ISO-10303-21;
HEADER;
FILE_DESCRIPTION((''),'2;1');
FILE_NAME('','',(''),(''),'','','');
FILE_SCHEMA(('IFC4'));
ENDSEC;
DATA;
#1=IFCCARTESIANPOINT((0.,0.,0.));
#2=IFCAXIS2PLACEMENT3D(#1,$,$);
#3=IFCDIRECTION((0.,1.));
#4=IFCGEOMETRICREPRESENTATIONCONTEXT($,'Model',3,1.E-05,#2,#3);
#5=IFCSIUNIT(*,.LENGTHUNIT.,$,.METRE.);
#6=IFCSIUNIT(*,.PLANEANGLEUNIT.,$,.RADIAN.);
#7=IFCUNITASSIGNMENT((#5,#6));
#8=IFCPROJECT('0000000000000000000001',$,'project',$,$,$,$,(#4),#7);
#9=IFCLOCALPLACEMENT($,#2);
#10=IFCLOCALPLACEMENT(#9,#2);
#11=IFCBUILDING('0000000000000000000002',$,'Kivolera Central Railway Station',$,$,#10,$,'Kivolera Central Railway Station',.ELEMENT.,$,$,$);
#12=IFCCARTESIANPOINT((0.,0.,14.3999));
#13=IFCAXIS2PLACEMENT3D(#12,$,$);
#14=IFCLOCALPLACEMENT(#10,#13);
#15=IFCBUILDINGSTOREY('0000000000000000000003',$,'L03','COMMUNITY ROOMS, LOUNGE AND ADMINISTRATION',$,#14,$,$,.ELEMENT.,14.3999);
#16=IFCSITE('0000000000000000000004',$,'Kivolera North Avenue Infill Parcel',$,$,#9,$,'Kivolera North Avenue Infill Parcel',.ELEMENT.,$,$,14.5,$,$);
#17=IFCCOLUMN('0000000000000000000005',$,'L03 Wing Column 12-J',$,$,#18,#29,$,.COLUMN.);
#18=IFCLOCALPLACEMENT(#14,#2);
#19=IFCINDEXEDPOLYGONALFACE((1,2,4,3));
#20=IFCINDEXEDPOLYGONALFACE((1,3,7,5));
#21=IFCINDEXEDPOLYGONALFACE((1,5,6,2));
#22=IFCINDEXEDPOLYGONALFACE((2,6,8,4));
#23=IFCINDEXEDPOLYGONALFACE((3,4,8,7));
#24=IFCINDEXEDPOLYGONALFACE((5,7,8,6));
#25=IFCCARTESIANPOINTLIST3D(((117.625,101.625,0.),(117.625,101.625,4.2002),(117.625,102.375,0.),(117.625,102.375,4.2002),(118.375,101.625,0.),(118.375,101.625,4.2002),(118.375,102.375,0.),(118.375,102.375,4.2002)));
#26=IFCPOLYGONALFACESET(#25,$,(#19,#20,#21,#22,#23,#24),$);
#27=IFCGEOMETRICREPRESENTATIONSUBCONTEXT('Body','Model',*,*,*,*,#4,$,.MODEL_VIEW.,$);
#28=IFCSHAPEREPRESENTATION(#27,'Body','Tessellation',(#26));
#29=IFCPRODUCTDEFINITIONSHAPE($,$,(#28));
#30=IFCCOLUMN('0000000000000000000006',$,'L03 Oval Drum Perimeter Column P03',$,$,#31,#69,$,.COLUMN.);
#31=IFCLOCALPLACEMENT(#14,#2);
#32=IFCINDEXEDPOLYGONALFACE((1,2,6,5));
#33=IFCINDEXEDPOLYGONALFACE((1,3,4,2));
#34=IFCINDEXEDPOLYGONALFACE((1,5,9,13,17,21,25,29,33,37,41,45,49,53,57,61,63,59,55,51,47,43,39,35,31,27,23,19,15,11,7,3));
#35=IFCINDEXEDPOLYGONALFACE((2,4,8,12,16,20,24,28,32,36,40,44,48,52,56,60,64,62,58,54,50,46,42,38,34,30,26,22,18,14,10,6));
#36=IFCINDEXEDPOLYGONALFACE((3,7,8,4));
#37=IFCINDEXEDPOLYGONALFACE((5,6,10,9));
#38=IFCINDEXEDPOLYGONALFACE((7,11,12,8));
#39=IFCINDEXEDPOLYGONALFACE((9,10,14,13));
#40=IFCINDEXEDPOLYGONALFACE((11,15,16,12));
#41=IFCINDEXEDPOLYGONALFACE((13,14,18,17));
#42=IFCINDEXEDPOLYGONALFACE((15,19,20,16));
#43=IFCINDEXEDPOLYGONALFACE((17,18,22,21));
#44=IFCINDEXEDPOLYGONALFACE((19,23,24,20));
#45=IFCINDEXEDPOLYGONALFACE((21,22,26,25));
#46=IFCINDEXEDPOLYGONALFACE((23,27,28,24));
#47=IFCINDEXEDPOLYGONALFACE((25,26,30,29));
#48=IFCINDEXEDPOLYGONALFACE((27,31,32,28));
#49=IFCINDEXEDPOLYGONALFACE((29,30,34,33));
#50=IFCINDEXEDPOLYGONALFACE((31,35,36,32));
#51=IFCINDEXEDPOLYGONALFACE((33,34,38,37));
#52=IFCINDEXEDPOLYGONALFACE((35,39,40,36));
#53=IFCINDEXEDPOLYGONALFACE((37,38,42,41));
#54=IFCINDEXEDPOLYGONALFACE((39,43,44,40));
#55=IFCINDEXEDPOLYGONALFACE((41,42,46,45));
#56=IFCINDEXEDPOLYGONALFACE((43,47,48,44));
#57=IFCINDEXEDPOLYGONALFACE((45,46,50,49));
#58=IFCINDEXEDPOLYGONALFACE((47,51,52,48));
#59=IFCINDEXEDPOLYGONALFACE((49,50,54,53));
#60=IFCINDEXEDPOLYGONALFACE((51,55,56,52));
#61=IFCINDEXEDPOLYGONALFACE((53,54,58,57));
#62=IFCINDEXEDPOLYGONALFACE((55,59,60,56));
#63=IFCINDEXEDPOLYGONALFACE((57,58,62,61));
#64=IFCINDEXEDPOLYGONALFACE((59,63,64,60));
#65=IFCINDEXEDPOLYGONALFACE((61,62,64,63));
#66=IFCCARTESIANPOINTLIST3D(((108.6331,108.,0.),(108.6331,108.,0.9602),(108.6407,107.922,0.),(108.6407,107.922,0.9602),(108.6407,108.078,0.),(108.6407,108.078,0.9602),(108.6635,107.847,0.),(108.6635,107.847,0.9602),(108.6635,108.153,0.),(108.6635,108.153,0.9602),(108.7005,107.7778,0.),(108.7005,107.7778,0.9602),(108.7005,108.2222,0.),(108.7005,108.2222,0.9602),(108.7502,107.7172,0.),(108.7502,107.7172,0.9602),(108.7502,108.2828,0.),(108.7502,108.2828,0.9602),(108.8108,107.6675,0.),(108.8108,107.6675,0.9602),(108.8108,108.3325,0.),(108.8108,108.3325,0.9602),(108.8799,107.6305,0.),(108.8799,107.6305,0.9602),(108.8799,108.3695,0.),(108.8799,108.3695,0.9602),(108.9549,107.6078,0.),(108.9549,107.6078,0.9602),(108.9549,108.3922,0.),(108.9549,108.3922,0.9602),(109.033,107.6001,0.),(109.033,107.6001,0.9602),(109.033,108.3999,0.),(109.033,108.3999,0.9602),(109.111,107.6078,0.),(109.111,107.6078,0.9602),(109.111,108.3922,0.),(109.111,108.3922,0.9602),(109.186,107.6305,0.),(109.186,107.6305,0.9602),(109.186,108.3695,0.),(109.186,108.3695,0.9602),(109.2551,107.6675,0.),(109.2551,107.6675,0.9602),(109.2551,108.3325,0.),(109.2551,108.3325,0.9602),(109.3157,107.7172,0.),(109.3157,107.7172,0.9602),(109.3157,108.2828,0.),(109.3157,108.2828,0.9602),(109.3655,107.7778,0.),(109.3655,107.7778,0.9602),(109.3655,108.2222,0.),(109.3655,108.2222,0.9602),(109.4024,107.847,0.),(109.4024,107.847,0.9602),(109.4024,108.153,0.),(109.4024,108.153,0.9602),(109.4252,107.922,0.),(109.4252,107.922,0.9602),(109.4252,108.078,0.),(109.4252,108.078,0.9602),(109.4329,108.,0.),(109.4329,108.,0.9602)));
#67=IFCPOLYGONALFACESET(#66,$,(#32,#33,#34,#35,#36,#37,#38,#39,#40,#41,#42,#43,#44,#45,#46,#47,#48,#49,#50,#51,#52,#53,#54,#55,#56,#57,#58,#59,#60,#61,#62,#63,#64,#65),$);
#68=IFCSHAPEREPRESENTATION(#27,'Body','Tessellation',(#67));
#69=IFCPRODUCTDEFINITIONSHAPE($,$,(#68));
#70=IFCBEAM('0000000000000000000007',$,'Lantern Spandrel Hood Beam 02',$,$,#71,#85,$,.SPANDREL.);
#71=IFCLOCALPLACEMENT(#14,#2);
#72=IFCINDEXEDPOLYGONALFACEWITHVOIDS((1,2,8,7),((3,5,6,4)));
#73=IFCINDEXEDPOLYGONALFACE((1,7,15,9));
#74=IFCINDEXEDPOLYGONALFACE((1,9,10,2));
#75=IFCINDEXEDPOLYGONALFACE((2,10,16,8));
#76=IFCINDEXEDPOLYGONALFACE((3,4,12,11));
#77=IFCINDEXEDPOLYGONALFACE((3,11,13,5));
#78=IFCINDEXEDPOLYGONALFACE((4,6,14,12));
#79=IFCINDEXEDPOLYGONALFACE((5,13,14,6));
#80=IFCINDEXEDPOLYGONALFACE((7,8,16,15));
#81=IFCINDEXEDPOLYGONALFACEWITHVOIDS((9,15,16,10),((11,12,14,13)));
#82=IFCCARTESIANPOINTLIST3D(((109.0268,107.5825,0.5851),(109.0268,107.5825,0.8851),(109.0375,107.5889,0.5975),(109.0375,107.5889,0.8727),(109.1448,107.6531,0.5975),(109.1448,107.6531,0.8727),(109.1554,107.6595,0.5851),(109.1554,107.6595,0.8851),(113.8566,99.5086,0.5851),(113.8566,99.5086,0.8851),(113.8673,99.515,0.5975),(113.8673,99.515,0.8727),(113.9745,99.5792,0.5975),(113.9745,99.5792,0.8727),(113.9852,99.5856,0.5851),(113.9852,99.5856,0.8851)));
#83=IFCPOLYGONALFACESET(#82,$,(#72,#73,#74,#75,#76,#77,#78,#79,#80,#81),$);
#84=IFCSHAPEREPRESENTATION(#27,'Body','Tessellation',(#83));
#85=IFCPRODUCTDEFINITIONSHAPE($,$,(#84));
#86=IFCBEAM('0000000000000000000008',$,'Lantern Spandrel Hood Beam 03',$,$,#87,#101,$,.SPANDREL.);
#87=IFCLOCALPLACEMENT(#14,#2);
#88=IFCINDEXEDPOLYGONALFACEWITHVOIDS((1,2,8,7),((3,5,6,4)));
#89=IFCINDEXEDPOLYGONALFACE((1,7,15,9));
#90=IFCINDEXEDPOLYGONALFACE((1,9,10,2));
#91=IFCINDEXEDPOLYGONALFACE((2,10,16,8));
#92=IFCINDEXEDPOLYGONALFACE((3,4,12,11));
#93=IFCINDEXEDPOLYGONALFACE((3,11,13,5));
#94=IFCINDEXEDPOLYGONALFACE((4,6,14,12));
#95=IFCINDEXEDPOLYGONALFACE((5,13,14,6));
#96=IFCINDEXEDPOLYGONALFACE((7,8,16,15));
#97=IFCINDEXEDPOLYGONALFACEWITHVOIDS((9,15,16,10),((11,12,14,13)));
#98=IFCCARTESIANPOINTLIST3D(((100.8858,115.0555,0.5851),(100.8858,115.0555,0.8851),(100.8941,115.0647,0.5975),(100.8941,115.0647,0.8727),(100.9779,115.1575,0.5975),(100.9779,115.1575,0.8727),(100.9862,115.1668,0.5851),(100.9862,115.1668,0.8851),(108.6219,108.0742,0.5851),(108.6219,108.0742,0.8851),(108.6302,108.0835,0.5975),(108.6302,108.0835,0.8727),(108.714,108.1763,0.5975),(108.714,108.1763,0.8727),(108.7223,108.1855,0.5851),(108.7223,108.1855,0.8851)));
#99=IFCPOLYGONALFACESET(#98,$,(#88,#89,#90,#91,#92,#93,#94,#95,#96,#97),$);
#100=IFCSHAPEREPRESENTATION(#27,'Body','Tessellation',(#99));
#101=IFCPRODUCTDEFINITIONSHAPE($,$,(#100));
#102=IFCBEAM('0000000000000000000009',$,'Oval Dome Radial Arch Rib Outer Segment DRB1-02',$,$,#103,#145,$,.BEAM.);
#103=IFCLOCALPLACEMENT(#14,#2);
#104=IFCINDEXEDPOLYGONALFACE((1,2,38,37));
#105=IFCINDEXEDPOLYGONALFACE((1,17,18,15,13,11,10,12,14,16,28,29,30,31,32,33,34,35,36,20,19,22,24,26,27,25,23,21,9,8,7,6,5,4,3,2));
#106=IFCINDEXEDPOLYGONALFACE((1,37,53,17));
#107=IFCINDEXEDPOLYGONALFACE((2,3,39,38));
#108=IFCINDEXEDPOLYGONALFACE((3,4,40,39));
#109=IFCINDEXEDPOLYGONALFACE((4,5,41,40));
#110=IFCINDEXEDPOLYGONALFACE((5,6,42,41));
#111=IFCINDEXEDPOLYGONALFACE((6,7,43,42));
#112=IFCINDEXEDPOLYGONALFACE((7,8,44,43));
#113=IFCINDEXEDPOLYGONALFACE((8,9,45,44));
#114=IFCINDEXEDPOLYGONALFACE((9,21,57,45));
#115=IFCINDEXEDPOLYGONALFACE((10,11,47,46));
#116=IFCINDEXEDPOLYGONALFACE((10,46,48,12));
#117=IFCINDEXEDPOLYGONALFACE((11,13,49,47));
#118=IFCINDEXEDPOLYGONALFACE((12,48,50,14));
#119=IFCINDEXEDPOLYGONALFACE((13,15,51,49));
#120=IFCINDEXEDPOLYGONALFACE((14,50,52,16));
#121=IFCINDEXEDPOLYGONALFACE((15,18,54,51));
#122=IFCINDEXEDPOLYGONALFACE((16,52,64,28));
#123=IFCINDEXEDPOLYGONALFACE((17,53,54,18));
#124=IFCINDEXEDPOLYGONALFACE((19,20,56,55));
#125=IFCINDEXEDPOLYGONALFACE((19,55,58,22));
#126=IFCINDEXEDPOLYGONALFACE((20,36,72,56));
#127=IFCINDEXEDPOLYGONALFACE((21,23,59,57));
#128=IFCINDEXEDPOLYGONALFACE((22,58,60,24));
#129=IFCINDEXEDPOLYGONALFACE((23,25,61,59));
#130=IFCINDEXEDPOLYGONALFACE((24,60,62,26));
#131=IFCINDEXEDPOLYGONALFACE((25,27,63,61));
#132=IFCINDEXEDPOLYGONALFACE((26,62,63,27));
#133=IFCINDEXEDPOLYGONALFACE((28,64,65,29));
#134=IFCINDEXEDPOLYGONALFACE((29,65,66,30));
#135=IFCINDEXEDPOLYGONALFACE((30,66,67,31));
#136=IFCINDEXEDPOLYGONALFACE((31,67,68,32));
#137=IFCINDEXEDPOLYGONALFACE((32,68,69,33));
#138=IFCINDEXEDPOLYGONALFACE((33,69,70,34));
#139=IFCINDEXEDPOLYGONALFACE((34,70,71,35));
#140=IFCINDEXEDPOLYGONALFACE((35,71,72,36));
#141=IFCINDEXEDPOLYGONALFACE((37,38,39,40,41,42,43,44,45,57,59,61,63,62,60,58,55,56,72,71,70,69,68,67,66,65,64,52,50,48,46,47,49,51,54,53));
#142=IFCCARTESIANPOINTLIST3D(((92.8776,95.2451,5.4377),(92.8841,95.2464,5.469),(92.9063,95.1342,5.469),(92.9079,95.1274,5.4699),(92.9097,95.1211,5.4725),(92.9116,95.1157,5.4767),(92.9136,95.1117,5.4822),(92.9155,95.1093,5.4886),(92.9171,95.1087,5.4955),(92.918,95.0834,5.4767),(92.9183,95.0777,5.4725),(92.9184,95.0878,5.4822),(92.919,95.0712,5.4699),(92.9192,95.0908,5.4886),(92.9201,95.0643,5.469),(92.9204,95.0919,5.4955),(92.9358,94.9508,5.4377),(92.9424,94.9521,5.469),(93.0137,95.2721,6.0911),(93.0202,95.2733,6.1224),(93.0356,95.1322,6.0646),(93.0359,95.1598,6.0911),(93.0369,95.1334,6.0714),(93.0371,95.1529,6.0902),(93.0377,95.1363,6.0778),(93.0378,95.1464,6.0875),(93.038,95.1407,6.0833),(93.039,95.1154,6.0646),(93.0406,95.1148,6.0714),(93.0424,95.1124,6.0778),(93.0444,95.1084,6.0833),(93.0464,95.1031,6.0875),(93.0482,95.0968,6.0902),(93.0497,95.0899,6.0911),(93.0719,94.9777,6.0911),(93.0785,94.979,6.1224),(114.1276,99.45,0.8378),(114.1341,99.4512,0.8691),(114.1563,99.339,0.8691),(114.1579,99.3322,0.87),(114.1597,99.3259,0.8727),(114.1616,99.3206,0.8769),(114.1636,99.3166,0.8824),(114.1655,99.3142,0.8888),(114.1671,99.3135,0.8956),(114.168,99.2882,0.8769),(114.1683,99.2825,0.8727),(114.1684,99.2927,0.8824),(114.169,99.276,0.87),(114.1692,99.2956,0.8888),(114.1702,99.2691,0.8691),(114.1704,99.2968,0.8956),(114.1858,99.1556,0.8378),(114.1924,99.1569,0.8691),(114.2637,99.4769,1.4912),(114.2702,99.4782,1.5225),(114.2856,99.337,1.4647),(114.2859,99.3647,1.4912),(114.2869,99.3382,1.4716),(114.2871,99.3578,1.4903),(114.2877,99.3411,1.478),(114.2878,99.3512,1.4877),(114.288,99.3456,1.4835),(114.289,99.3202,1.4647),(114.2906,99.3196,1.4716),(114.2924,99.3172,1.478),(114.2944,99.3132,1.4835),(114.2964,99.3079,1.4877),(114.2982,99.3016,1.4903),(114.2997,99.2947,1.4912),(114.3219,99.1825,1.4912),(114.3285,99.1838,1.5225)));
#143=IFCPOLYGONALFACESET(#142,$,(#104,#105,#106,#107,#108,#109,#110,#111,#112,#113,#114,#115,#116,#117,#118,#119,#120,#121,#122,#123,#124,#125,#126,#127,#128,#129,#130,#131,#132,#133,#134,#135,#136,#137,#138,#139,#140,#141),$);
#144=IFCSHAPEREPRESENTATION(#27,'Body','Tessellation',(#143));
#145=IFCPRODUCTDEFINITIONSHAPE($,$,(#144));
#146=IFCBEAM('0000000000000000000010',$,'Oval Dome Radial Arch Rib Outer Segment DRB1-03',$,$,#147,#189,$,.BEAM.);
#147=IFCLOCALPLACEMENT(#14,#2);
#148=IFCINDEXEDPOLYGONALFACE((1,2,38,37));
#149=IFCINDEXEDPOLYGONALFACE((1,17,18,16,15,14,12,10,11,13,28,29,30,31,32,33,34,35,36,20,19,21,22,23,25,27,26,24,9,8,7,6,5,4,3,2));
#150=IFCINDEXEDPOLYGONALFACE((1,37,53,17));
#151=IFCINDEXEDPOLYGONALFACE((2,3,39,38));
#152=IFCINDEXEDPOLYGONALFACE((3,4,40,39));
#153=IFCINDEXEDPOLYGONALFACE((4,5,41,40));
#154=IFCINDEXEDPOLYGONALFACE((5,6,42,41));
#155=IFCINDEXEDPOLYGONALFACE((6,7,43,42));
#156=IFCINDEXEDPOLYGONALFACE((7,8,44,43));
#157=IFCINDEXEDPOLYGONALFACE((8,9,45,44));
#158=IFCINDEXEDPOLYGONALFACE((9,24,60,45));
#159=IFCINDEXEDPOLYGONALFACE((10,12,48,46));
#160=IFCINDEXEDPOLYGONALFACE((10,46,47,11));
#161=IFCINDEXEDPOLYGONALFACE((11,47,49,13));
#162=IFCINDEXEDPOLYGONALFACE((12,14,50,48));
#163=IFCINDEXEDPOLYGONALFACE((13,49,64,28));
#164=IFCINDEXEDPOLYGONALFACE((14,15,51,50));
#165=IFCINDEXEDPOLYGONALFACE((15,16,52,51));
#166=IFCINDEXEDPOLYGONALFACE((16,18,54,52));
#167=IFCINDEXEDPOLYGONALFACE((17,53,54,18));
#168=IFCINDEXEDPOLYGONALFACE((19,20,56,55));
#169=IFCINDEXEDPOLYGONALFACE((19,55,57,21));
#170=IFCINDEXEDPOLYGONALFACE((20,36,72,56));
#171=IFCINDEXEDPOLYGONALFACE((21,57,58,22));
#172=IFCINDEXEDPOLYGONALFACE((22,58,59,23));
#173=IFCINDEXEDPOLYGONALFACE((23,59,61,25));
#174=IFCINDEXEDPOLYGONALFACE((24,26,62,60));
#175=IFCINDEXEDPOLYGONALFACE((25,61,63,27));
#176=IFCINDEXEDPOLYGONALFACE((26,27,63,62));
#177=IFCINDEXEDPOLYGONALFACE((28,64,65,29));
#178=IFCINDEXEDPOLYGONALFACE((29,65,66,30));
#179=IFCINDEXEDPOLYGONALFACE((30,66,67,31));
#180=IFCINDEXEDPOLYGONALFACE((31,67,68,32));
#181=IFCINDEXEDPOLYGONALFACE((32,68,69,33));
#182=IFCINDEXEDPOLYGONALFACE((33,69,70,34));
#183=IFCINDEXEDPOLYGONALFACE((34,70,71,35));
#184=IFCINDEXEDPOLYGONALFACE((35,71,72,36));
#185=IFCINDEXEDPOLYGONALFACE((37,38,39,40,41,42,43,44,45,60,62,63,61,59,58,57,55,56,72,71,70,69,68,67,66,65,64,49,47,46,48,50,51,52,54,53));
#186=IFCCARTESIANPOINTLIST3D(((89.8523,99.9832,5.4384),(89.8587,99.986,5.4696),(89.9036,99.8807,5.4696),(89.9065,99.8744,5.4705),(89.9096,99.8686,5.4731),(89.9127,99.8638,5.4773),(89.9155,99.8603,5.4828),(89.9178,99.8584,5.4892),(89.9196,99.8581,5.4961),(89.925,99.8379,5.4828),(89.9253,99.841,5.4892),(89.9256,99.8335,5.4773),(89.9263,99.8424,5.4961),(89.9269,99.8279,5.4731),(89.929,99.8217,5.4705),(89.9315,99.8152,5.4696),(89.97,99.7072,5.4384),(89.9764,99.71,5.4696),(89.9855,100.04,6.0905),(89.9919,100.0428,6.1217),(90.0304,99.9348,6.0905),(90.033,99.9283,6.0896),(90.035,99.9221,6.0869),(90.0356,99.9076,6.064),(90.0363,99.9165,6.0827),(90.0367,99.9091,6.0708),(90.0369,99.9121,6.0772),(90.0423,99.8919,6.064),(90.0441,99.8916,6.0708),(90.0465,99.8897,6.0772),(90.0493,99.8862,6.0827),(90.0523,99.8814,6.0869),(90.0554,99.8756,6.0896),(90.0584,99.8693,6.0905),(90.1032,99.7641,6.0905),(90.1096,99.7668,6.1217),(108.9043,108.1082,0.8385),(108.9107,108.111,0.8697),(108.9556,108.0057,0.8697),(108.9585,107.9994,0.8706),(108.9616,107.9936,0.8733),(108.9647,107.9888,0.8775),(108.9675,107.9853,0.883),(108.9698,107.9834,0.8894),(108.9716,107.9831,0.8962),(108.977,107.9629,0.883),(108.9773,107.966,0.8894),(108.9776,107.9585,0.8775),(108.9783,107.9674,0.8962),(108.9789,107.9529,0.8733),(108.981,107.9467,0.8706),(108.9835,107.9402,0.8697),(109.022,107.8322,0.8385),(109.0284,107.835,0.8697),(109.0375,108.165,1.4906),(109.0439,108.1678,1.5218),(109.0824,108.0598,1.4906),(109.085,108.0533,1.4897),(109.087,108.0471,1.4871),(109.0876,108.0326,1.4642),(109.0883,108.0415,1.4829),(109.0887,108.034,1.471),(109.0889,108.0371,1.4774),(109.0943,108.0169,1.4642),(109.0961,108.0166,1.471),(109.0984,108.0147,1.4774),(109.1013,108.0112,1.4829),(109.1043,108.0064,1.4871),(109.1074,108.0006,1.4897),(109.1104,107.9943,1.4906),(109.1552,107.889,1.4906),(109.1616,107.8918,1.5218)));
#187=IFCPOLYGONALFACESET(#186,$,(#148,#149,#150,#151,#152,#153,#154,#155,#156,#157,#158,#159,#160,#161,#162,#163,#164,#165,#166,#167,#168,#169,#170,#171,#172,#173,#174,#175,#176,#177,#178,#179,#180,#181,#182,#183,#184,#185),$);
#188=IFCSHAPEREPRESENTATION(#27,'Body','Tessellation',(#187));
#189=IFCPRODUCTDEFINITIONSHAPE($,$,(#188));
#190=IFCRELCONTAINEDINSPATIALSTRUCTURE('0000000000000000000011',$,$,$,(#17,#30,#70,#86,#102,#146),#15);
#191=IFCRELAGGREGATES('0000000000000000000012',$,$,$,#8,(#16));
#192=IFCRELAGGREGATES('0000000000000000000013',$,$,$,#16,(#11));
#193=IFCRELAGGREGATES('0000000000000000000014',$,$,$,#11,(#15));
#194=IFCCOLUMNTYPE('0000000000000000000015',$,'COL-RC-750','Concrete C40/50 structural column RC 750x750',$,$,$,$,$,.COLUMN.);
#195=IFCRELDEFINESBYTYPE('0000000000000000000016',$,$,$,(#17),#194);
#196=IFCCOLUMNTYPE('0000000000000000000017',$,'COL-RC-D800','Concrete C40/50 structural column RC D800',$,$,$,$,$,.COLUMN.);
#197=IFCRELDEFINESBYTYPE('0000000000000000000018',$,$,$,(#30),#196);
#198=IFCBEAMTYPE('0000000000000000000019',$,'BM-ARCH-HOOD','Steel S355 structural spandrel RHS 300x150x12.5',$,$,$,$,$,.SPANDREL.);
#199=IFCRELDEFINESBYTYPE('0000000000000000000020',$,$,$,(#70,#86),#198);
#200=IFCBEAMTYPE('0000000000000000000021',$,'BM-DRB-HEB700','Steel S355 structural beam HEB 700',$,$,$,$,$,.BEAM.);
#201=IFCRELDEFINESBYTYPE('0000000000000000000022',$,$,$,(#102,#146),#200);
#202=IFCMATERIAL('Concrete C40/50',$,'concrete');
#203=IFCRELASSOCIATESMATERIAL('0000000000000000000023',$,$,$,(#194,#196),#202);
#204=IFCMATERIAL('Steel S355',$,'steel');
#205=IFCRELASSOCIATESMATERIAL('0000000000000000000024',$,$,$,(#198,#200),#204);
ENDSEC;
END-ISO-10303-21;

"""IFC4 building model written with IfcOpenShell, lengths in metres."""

from ifc_helpers import new_model, si_unit, direction, frame, origin, origin_2d, place, context, subcontext, project, spatial, rectangle, hollow_rectangle, circle, i_section, extrude, material, material_profile, profile_set, type_object, element, save


model = new_model("IFC4")

# Units and contexts
model_context = context("Model", 3, precision=1e-05, world=origin(), true_north=direction((0.0, 1.0)))
body_context = subcontext(model_context, "Body", "Model", "MODEL_VIEW")
ifc_project = project(units=[si_unit("LENGTHUNIT", "METRE"), si_unit("PLANEANGLEUNIT", "RADIAN")], contexts=[model_context])

# Site, building, storey
site_placement = place(None, origin())
site = spatial("IfcSite", under=ifc_project, at=site_placement, Name="Kivolera North Avenue Infill Parcel", LongName="Kivolera North Avenue Infill Parcel", CompositionType="ELEMENT", RefElevation=14.5)
building_placement = place(site_placement, origin())
building = spatial("IfcBuilding", under=site, at=building_placement, Name="Kivolera Central Railway Station", LongName="Kivolera Central Railway Station", CompositionType="ELEMENT")
storey_placement = place(building_placement, frame((0.0, 0.0, 14.3999)))
storey = spatial("IfcBuildingStorey", under=building, at=storey_placement, Name="L03", Description="COMMUNITY ROOMS, LOUNGE AND ADMINISTRATION", CompositionType="ELEMENT", Elevation=14.3999)

# Columns
ifc_material_1 = material(Name="Concrete C40/50", Category="concrete")
ifc_material_profile_1 = material_profile(ifc_material_1, rectangle(XDim=0.75, YDim=0.75, at=origin_2d()), Name="RC 750x750")
ifc_profile_set_1 = profile_set([ifc_material_profile_1], Name="Concrete C40/50")
column_type_1 = type_object("IfcColumnType", Name="COL-RC-750", Description="Concrete C40/50 structural column RC 750x750", PredefinedType="COLUMN", material=ifc_profile_set_1)
column_1_placement = place(storey_placement, frame((118.0, 102.0, 0.0), z_axis=(0.0, 0.0, 1.0), x_axis=(1.0, 0.0, 0.0)))
element("IfcColumn", 1, at=column_1_placement, inside=storey, type_object=column_type_1, Name="L03 Wing Column 12-J", PredefinedType="COLUMN", context=body_context, shape_type="SweptSolid", body=[
    extrude(rectangle(XDim=0.75, YDim=0.75, at=origin_2d()), origin(), (0.0, 0.0, 1.0), 4.2002),
])
ifc_material_profile_2 = material_profile(ifc_material_1, circle(Radius=0.3999, at=origin_2d()), Name="RC D800")
ifc_profile_set_2 = profile_set([ifc_material_profile_2], Name="Concrete C40/50")
column_type_2 = type_object("IfcColumnType", Name="COL-RC-D800", Description="Concrete C40/50 structural column RC D800", PredefinedType="COLUMN", material=ifc_profile_set_2)
column_2_placement = place(storey_placement, frame((109.033, 108.0, 0.0), z_axis=(0.0, 0.0, 1.0), x_axis=(1.0, 0.0, 0.0)))
element("IfcColumn", 2, at=column_2_placement, inside=storey, type_object=column_type_2, Name="L03 Oval Drum Perimeter Column P03", PredefinedType="COLUMN", context=body_context, shape_type="SweptSolid", body=[
    extrude(circle(Radius=0.3999, at=origin_2d()), origin(), (0.0, 0.0, 1.0), 0.9602),
])

# Beams
ifc_material_2 = material(Name="Steel S355", Category="steel")
ifc_material_profile_3 = material_profile(ifc_material_2, hollow_rectangle(XDim=0.1499, YDim=0.3, WallThickness=0.0125, at=origin_2d()), Name="RHS 300x150x12.5")
ifc_profile_set_3 = profile_set([ifc_material_profile_3], Name="Steel S355")
beam_type_1 = type_object("IfcBeamType", Name="BM-ARCH-HOOD", Description="Steel S355 structural spandrel RHS 300x150x12.5", PredefinedType="SPANDREL", material=ifc_profile_set_3)
beam_1_placement = place(storey_placement, frame((113.9209, 99.5471, 0.7351), z_axis=(-0.513358, 0.858174, 0.0), x_axis=(-0.858174, -0.513358, 0.0)))
element("IfcBeam", 3, at=beam_1_placement, inside=storey, type_object=beam_type_1, Name="Lantern Spandrel Hood Beam 02", PredefinedType="SPANDREL", context=body_context, shape_type="SweptSolid", body=[
    extrude(hollow_rectangle(XDim=0.1499, YDim=0.3, WallThickness=0.0125, at=origin_2d()), origin(), (0.0, 0.0, 1.0), 9.4082),
])
beam_2_placement = place(storey_placement, frame((108.6721, 108.1299, 0.7351), z_axis=(-0.7424, 0.669957, 0.0), x_axis=(-0.669957, -0.7424, 0.0)))
element("IfcBeam", 4, at=beam_2_placement, inside=storey, type_object=beam_type_1, Name="Lantern Spandrel Hood Beam 03", PredefinedType="SPANDREL", context=body_context, shape_type="SweptSolid", body=[
    extrude(hollow_rectangle(XDim=0.1499, YDim=0.3, WallThickness=0.0125, at=origin_2d()), origin(), (0.0, 0.0, 1.0), 10.4204),
])
ifc_material_profile_4 = material_profile(ifc_material_2, i_section(OverallWidth=0.3, OverallDepth=0.7, WebThickness=0.0171, FlangeThickness=0.032, FilletRadius=0.0271, at=origin_2d()), Name="HEB 700")
ifc_profile_set_4 = profile_set([ifc_material_profile_4], Name="Steel S355")
beam_type_2 = type_object("IfcBeamType", Name="BM-DRB-HEB700", Description="Steel S355 structural beam HEB 700", PredefinedType="BEAM", material=ifc_profile_set_4)
beam_3_placement = place(storey_placement, frame((114.228, 99.3169, 1.1802), z_axis=(-0.959584, -0.189877, 0.207715), x_axis=(0.194111, -0.98098, 0.0)))
element("IfcBeam", 5, at=beam_3_placement, inside=storey, type_object=beam_type_2, Name="Oval Dome Radial Arch Rib Outer Segment DRB1-02", PredefinedType="BEAM", context=body_context, shape_type="SweptSolid", body=[
    extrude(i_section(OverallWidth=0.3, OverallDepth=0.7, WebThickness=0.0171, FlangeThickness=0.032, FilletRadius=0.0271, at=origin_2d()), origin(), (0.0, 0.0, 1.0), 22.145),
])
beam_4_placement = place(storey_placement, frame((109.033, 108.0, 1.1802), z_axis=(-0.897967, -0.382951, 0.216802), x_axis=(0.392281, -0.919845, 0.0)))
element("IfcBeam", 6, at=beam_4_placement, inside=storey, type_object=beam_type_2, Name="Oval Dome Radial Arch Rib Outer Segment DRB1-03", PredefinedType="BEAM", context=body_context, shape_type="SweptSolid", body=[
    extrude(i_section(OverallWidth=0.3, OverallDepth=0.7, WebThickness=0.0171, FlangeThickness=0.032, FilletRadius=0.0271, at=origin_2d()), origin(), (0.0, 0.0, 1.0), 21.2168),
])

save(model, "model.ifc")
